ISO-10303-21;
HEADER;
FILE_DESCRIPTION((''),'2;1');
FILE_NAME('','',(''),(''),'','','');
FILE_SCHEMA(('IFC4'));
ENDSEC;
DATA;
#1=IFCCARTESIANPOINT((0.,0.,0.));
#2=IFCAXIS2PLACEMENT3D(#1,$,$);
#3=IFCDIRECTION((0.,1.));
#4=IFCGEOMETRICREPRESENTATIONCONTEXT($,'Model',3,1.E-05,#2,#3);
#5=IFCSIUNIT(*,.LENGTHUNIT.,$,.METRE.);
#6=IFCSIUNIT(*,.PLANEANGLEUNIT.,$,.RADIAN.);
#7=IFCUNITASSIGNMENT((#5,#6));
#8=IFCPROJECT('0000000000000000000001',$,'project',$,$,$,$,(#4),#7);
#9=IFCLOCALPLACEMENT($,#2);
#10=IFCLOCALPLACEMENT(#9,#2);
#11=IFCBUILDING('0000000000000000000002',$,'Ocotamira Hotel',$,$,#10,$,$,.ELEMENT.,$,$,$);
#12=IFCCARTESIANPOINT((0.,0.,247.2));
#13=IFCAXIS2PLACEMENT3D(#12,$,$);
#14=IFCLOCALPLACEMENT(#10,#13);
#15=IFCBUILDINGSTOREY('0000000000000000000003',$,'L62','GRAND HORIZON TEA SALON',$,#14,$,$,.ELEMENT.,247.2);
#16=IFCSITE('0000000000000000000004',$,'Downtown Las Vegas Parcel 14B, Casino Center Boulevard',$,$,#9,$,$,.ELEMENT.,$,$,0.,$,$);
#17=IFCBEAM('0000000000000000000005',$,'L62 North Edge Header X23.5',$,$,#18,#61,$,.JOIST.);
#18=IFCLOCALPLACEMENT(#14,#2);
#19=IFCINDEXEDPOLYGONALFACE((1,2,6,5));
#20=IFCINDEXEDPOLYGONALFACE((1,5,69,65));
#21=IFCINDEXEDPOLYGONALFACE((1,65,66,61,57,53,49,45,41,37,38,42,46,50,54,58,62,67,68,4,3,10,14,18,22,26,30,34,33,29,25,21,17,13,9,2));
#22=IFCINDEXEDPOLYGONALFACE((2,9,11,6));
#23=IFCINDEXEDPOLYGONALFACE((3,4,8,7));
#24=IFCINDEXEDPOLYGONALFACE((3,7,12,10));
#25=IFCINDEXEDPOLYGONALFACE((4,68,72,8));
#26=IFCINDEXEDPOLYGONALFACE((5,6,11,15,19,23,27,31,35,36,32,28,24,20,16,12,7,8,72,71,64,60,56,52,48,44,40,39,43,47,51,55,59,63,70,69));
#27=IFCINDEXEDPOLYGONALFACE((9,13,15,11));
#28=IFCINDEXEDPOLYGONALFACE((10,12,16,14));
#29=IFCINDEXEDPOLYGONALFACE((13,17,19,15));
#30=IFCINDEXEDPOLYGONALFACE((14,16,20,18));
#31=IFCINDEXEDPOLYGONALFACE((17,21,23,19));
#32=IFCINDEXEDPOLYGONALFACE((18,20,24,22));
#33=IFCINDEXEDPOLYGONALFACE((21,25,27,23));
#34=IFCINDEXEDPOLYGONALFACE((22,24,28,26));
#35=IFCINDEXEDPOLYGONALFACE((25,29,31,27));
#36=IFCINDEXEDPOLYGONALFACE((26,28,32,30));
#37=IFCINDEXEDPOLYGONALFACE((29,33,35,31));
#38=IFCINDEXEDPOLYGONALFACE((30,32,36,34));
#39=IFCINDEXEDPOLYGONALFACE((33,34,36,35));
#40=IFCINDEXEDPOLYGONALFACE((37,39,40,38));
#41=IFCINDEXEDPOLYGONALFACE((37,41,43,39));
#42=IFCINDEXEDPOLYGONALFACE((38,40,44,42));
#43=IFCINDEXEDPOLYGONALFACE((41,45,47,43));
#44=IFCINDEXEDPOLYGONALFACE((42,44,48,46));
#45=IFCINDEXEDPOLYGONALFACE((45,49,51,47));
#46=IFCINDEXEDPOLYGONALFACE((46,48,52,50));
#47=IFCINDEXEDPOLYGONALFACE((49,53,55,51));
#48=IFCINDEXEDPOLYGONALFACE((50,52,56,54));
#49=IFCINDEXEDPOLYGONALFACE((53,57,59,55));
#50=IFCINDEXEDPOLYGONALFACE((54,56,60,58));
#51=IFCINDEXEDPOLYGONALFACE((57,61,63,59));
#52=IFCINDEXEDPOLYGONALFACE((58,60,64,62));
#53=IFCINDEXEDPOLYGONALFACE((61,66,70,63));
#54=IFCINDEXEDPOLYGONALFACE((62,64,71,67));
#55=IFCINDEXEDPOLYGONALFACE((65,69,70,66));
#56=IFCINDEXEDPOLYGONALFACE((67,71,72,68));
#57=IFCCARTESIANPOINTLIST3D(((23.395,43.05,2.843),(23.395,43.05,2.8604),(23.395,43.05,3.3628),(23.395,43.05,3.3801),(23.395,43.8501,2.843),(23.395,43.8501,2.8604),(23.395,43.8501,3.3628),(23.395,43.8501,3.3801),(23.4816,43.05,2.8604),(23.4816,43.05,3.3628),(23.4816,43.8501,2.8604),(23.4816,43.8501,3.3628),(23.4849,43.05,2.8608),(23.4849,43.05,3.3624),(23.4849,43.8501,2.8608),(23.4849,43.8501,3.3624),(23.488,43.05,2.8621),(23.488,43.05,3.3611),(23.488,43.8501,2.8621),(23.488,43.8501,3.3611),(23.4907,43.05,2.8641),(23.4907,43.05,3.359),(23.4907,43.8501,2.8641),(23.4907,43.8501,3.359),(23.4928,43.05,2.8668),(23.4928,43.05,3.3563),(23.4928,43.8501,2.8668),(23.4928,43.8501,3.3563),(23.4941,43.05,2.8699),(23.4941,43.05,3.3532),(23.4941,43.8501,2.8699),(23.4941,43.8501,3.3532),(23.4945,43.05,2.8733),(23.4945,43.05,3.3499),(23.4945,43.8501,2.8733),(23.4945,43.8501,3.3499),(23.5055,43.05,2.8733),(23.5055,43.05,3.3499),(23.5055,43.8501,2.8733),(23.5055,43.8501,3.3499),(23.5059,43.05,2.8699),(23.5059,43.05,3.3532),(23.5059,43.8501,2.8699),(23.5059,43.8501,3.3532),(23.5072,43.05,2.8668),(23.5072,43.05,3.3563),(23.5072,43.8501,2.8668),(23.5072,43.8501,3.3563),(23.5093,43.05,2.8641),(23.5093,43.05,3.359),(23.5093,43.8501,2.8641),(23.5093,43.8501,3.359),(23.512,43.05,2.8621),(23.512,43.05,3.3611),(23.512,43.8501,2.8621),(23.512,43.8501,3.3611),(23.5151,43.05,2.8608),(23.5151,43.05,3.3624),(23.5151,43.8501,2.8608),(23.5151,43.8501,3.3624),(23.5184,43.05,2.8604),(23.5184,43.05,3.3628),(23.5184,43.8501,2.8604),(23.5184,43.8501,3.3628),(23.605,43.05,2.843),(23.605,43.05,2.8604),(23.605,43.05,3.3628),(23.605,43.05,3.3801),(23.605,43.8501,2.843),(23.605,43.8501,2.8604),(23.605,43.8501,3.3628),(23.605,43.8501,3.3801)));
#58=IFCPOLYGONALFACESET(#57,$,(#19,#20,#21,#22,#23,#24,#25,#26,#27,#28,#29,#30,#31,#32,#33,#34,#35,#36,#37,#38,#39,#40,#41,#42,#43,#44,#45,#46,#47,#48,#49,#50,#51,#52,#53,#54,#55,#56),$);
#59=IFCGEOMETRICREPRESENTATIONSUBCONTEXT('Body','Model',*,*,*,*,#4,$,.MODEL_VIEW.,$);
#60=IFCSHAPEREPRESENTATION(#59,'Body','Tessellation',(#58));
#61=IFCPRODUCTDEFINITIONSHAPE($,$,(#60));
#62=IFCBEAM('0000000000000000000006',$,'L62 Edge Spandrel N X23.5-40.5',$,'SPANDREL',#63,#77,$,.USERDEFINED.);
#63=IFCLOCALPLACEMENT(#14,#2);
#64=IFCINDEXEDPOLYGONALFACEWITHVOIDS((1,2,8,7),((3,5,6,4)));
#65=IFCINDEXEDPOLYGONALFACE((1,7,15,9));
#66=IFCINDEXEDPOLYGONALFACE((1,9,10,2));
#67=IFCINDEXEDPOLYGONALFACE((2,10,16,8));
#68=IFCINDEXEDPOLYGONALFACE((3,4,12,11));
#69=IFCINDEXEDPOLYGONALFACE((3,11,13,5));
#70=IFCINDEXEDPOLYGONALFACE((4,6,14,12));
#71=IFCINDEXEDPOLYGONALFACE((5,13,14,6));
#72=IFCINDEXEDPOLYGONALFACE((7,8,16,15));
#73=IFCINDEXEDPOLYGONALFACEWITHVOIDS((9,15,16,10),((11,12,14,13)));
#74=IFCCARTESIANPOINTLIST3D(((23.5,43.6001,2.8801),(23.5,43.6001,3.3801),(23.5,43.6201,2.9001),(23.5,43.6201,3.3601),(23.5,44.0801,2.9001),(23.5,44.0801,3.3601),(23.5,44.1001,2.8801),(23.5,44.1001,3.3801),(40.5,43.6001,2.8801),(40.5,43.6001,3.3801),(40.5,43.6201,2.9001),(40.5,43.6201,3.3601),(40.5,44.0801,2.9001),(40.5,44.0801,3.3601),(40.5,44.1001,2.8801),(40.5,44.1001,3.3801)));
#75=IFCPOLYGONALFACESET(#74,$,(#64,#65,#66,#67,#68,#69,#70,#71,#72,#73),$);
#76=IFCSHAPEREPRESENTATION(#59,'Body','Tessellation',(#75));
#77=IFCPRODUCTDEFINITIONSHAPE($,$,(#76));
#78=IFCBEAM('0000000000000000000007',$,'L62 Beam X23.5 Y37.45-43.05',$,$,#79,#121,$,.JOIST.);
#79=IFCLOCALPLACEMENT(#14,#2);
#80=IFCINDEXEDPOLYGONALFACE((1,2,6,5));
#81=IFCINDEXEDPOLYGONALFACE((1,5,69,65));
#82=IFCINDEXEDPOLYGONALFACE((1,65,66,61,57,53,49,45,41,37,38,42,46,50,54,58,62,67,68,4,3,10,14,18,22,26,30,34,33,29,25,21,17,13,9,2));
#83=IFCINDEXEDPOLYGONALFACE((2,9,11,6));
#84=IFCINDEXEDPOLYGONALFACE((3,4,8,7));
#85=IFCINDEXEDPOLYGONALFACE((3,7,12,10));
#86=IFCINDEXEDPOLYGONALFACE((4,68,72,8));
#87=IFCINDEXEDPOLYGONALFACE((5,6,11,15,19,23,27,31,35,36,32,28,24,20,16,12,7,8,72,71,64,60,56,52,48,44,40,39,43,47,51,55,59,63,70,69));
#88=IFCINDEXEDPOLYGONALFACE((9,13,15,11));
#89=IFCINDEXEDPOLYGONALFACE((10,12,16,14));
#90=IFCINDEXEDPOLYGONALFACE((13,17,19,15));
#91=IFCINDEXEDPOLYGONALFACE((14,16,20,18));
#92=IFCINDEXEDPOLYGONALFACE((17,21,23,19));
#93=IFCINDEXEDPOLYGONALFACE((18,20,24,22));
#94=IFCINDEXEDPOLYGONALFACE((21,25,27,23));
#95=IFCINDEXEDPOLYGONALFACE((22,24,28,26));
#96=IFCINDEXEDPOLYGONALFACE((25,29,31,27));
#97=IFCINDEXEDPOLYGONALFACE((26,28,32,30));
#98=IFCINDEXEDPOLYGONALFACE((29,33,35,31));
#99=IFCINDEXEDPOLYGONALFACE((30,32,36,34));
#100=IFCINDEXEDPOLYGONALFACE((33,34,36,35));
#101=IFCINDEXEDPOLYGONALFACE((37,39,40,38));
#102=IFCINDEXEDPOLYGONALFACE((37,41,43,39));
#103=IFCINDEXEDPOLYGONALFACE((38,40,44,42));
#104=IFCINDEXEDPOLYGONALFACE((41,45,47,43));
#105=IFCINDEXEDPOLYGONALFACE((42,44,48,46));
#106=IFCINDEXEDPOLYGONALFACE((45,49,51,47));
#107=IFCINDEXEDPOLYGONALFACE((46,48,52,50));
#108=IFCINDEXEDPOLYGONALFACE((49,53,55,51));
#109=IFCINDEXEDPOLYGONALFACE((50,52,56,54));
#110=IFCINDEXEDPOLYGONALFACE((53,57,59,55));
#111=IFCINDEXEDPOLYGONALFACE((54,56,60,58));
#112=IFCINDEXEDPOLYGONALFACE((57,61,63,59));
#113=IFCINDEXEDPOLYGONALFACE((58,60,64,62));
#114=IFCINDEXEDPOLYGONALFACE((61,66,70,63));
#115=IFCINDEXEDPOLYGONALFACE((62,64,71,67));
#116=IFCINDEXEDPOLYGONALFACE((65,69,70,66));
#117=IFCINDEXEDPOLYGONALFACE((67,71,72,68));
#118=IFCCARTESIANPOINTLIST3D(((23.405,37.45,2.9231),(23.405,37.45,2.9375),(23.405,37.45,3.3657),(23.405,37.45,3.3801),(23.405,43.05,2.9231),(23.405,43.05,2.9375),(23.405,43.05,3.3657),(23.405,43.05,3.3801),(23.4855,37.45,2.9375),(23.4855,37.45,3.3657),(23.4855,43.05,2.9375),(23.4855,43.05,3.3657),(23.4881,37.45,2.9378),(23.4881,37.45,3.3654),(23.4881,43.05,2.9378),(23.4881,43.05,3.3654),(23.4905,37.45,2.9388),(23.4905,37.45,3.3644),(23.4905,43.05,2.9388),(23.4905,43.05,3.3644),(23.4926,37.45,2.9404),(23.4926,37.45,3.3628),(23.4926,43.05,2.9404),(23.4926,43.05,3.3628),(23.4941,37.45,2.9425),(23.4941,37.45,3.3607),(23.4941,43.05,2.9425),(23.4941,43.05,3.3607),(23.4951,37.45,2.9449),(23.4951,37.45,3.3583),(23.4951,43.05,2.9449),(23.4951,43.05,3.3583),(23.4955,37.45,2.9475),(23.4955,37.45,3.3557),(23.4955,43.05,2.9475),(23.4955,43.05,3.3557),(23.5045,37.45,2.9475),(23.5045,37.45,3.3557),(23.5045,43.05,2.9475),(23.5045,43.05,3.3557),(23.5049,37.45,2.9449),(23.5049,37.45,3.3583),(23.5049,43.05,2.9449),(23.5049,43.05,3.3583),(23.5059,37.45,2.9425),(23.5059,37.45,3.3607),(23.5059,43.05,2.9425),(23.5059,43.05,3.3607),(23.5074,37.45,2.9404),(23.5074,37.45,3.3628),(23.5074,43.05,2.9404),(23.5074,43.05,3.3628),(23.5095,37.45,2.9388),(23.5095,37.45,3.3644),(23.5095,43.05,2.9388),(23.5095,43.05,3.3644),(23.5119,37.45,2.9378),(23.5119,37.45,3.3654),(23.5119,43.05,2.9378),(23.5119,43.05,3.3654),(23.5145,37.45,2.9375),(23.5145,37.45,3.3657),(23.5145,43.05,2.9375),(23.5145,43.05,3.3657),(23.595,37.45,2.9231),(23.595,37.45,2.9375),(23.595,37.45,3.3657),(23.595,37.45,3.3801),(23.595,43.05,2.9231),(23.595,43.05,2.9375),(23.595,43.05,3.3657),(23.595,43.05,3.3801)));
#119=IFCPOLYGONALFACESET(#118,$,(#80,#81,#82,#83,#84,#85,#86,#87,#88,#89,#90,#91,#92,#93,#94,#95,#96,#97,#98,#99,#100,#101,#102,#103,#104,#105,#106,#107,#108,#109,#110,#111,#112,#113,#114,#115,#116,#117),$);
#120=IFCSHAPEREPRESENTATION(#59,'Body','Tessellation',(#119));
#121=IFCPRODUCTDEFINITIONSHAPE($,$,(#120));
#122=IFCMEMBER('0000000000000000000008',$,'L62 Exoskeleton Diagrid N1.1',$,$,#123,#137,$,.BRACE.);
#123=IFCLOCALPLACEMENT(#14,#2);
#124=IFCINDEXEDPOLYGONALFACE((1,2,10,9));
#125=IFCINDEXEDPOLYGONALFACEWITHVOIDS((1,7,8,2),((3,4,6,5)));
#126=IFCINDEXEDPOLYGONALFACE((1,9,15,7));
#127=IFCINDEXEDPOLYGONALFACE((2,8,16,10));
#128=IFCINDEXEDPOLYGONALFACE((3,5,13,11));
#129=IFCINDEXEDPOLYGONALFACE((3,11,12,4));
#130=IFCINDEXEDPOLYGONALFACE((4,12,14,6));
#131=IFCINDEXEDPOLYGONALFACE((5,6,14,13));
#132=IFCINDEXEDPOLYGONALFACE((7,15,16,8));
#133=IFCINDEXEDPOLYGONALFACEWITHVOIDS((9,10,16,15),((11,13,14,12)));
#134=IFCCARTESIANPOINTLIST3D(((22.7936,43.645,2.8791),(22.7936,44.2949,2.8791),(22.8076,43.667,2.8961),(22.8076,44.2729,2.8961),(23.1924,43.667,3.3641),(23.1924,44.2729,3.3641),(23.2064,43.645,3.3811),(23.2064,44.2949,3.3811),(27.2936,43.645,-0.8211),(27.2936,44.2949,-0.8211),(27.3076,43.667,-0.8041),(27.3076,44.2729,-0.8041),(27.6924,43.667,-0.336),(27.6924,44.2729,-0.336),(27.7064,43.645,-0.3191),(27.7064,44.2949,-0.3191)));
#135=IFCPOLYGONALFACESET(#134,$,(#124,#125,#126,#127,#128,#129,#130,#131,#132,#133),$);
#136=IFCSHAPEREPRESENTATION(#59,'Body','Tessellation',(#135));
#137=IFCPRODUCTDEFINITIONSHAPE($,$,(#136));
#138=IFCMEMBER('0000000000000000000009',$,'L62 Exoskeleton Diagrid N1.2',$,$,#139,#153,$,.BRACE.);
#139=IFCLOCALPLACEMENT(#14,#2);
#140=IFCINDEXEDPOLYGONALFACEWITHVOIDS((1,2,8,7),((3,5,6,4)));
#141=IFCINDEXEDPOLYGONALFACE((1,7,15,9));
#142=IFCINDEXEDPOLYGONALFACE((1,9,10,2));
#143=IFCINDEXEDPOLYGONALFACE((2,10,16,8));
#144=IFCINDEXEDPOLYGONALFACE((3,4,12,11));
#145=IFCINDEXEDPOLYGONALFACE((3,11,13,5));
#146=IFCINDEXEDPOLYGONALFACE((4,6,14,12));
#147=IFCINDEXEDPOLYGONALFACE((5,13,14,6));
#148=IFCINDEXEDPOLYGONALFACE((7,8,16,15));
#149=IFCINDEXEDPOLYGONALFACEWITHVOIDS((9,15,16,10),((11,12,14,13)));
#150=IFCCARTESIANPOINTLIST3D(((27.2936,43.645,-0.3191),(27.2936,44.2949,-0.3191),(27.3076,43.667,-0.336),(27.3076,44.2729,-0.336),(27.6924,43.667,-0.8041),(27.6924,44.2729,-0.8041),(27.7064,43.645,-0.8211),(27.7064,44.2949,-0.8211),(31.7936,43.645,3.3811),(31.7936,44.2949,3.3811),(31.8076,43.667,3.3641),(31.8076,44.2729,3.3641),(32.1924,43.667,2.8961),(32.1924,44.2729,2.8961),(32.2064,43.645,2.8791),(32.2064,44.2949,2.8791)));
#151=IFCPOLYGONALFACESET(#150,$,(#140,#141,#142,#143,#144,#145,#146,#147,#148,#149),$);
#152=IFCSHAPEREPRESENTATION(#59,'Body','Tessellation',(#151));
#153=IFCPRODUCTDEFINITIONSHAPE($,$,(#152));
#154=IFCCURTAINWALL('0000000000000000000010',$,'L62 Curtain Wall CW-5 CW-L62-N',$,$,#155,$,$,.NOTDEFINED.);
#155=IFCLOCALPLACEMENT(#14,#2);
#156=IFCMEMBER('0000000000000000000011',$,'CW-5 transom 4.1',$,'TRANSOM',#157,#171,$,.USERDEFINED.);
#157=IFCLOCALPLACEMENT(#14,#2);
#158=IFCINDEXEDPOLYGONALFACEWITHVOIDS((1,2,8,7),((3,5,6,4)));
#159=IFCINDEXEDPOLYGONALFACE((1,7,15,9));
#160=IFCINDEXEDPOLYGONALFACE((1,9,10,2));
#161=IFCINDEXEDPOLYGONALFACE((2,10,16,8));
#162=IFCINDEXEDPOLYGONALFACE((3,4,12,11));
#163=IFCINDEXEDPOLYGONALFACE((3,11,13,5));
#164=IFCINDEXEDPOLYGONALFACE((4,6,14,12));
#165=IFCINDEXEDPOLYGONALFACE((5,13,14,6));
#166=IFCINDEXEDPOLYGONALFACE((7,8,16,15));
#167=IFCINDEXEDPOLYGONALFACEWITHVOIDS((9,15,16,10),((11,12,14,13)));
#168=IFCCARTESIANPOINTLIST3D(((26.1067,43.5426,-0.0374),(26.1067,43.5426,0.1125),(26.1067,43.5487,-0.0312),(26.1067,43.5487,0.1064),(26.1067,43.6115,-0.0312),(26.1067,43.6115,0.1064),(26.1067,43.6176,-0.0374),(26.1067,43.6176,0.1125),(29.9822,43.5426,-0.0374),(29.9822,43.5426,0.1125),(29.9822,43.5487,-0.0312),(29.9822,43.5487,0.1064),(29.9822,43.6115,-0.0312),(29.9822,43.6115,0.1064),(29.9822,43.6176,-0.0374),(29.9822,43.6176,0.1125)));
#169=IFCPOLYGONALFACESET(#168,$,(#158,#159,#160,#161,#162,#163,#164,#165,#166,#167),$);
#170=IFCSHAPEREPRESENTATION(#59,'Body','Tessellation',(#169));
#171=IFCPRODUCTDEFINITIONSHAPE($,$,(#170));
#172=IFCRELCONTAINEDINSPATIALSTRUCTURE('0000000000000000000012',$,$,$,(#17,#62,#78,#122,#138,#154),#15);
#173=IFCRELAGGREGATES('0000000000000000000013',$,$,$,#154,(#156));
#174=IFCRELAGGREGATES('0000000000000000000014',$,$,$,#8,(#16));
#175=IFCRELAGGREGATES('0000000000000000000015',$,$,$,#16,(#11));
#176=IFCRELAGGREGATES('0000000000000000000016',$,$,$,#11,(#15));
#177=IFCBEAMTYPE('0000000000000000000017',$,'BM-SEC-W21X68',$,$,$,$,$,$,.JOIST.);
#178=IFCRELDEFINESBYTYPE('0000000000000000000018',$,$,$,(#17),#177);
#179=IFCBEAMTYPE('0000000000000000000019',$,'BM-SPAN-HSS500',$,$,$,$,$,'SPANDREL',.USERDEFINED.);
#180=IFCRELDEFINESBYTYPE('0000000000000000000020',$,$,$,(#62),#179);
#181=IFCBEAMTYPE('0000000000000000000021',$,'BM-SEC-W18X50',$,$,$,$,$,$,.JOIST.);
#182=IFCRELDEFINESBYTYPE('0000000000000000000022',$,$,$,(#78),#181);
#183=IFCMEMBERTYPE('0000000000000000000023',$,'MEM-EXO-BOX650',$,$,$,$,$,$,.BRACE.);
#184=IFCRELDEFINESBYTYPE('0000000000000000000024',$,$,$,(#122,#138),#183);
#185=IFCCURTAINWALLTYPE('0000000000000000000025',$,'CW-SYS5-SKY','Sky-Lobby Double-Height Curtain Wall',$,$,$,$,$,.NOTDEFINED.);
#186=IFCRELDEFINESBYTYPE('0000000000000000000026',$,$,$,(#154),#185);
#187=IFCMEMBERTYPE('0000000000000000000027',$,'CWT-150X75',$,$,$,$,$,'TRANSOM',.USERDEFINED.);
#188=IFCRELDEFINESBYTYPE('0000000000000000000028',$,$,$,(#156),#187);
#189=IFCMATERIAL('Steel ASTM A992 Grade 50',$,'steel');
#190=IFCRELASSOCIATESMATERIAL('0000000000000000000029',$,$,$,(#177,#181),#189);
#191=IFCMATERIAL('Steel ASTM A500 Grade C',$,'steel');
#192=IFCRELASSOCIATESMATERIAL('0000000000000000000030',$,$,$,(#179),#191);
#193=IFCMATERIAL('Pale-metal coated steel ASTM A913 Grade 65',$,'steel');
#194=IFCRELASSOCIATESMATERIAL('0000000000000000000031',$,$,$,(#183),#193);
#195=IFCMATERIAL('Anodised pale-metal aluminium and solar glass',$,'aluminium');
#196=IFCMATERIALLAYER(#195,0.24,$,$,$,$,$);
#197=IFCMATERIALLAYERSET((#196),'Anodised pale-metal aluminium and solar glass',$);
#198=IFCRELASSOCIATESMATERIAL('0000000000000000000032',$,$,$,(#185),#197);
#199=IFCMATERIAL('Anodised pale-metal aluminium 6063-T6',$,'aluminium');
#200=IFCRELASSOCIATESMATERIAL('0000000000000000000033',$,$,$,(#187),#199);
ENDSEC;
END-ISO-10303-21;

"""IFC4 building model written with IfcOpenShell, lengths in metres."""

from ifc_helpers import new_model, si_unit, direction, frame, origin, origin_2d, place, context, subcontext, project, spatial, hollow_rectangle, i_section, extrude, source, transform, mapped, material, layer, layer_set, material_profile, profile_set, type_object, element, aggregate, save


model = new_model("IFC4")

# Units and contexts
model_context = context("Model", 3, precision=1e-05, world=origin(), true_north=direction((0.0, 1.0)))
body_context = subcontext(model_context, "Body", "Model", "MODEL_VIEW")
ifc_project = project(units=[si_unit("LENGTHUNIT", "METRE"), si_unit("PLANEANGLEUNIT", "RADIAN")], contexts=[model_context])

# Site, building, storey
site_placement = place(None, origin())
site = spatial("IfcSite", under=ifc_project, at=site_placement, Name="Downtown Las Vegas Parcel 14B, Casino Center Boulevard", CompositionType="ELEMENT", RefElevation=0.0)
building_placement = place(site_placement, origin())
building = spatial("IfcBuilding", under=site, at=building_placement, Name="Ocotamira Hotel", CompositionType="ELEMENT")
storey_placement = place(building_placement, frame((0.0, 0.0, 247.2)))
storey = spatial("IfcBuildingStorey", under=building, at=storey_placement, Name="L62", Description="GRAND HORIZON TEA SALON", CompositionType="ELEMENT", Elevation=247.2)

# Beams
ifc_material_1 = material(Name="Steel ASTM A992 Grade 50", Category="steel")
ifc_material_profile_1 = material_profile(ifc_material_1, i_section(OverallWidth=0.21, OverallDepth=0.5371, WebThickness=0.011, FlangeThickness=0.0173, FilletRadius=0.0129, at=origin_2d()), Name="W21X68")
ifc_profile_set_1 = profile_set([ifc_material_profile_1], Name="Steel ASTM A992 Grade 50")
beam_type_1 = type_object("IfcBeamType", Name="BM-SEC-W21X68", PredefinedType="JOIST", material=ifc_profile_set_1)
shared_shape_1 = source(origin(), body_context, "Body", "SweptSolid", [
    extrude(i_section(OverallWidth=0.21, OverallDepth=0.5371, WebThickness=0.011, FlangeThickness=0.0173, FilletRadius=0.0129, at=origin_2d()), origin(), (0.0, 0.0, 1.0), 0.8),
])
beam_1_placement = place(storey_placement, frame((23.5, 43.05, 3.1116), z_axis=(0.0, 1.0, 0.0), x_axis=(-1.0, 0.0, 0.0)))
element("IfcBeam", 1, at=beam_1_placement, inside=storey, type_object=beam_type_1, Name="L62 North Edge Header X23.5", PredefinedType="JOIST", context=body_context, shape_type="MappedRepresentation", body=[
    mapped(shared_shape_1, transform((0.0, 0.0, 0.0), scale=1.0)),
])
ifc_material_2 = material(Name="Steel ASTM A500 Grade C", Category="steel")
ifc_material_profile_2 = material_profile(ifc_material_2, hollow_rectangle(XDim=0.5, YDim=0.5, WallThickness=0.02, at=origin_2d()), Name="HSS500X500X20")
ifc_profile_set_2 = profile_set([ifc_material_profile_2], Name="Steel ASTM A500 Grade C")
beam_type_2 = type_object("IfcBeamType", Name="BM-SPAN-HSS500", ElementType="SPANDREL", PredefinedType="USERDEFINED", material=ifc_profile_set_2)
shared_shape_2 = source(origin(), body_context, "Body", "SweptSolid", [
    extrude(hollow_rectangle(XDim=0.5, YDim=0.5, WallThickness=0.02, at=origin_2d()), origin(), (0.0, 0.0, 1.0), 17.0),
])
beam_2_placement = place(storey_placement, frame((23.5, 43.8501, 3.1301), z_axis=(1.0, 0.0, 0.0), x_axis=(0.0, 1.0, 0.0)))
element("IfcBeam", 2, at=beam_2_placement, inside=storey, type_object=beam_type_2, Name="L62 Edge Spandrel N X23.5-40.5", ObjectType="SPANDREL", PredefinedType="USERDEFINED", context=body_context, shape_type="MappedRepresentation", body=[
    mapped(shared_shape_2, transform((0.0, 0.0, 0.0), scale=1.0)),
])
ifc_material_profile_3 = material_profile(ifc_material_1, i_section(OverallWidth=0.1899, OverallDepth=0.457, WebThickness=0.009, FlangeThickness=0.0144, FilletRadius=0.01, at=origin_2d()), Name="W18X50")
ifc_profile_set_3 = profile_set([ifc_material_profile_3], Name="Steel ASTM A992 Grade 50")
beam_type_3 = type_object("IfcBeamType", Name="BM-SEC-W18X50", PredefinedType="JOIST", material=ifc_profile_set_3)
shared_shape_3 = source(origin(), body_context, "Body", "SweptSolid", [
    extrude(i_section(OverallWidth=0.1899, OverallDepth=0.457, WebThickness=0.009, FlangeThickness=0.0144, FilletRadius=0.01, at=origin_2d()), origin(), (0.0, 0.0, 1.0), 5.6001),
])
beam_3_placement = place(storey_placement, frame((23.5, 37.45, 3.1516), z_axis=(0.0, 1.0, 0.0), x_axis=(-1.0, 0.0, 0.0)))
element("IfcBeam", 3, at=beam_3_placement, inside=storey, type_object=beam_type_3, Name="L62 Beam X23.5 Y37.45-43.05", PredefinedType="JOIST", context=body_context, shape_type="MappedRepresentation", body=[
    mapped(shared_shape_3, transform((0.0, 0.0, 0.0), scale=1.0)),
])

# Members
ifc_material_3 = material(Name="Pale-metal coated steel ASTM A913 Grade 65", Category="steel")
ifc_material_profile_4 = material_profile(ifc_material_3, hollow_rectangle(XDim=0.6499, YDim=0.6499, WallThickness=0.022, at=origin_2d()), Name="BOX650X650X22")
ifc_profile_set_4 = profile_set([ifc_material_profile_4], Name="Pale-metal coated steel ASTM A913 Grade 65")
member_type_1 = type_object("IfcMemberType", Name="MEM-EXO-BOX650", PredefinedType="BRACE", material=ifc_profile_set_4)
shared_shape_4 = source(origin(), body_context, "Body", "SweptSolid", [
    extrude(hollow_rectangle(XDim=0.6499, YDim=0.6499, WallThickness=0.022, at=origin_2d()), origin(), (0.0, 0.0, 1.0), 5.8259),
])
for number, where, z_axis, x_axis, name in (
    (4, (27.5, 43.97, -0.5701), (-0.772409, 0.0, 0.635125), (0.0, -1.0, 0.0), "L62 Exoskeleton Diagrid N1.1"),
    (5, (27.5, 43.97, -0.5701), (0.772409, 0.0, 0.635125), (0.0, 1.0, 0.0), "L62 Exoskeleton Diagrid N1.2"),
):
    element("IfcMember", number, at=place(storey_placement, frame(where, z_axis=z_axis, x_axis=x_axis)), inside=storey, type_object=member_type_1, Name=name, PredefinedType="BRACE", context=body_context, shape_type="MappedRepresentation", body=[
        mapped(shared_shape_4, transform((0.0, 0.0, 0.0), scale=1.0)),
    ])

# Curtain wall, member
ifc_material_4 = material(Name="Anodised pale-metal aluminium and solar glass", Category="aluminium")
ifc_layer_1 = layer(ifc_material_4, 0.24)
ifc_layer_set_1 = layer_set([ifc_layer_1], Name="Anodised pale-metal aluminium and solar glass")
curtain_wall_type = type_object("IfcCurtainWallType", Name="CW-SYS5-SKY", Description="Sky-Lobby Double-Height Curtain Wall", PredefinedType="NOTDEFINED", material=ifc_layer_set_1)
curtain_wall_placement = place(storey_placement, origin())
curtain_wall = element("IfcCurtainWall", 6, at=curtain_wall_placement, inside=storey, type_object=curtain_wall_type, Name="L62 Curtain Wall CW-5 CW-L62-N", PredefinedType="NOTDEFINED")
ifc_material_5 = material(Name="Anodised pale-metal aluminium 6063-T6", Category="aluminium")
ifc_material_profile_5 = material_profile(ifc_material_5, hollow_rectangle(XDim=0.075, YDim=0.1499, WallThickness=0.0061, at=origin_2d()), Name="HSS150X75X6")
ifc_profile_set_5 = profile_set([ifc_material_profile_5], Name="Anodised pale-metal aluminium 6063-T6")
member_type_2 = type_object("IfcMemberType", Name="CWT-150X75", ElementType="TRANSOM", PredefinedType="USERDEFINED", material=ifc_profile_set_5)
shared_shape_5 = source(origin(), body_context, "Body", "SweptSolid", [
    extrude(hollow_rectangle(XDim=0.075, YDim=0.1499, WallThickness=0.0061, at=origin_2d()), origin(), (0.0, 0.0, 1.0), 3.8755),
])
member_1_placement = place(storey_placement, frame((26.1067, 43.5801, 0.0376), z_axis=(1.0, 0.0, 0.0), x_axis=(0.0, 1.0, 0.0)))
member_1 = element("IfcMember", 7, at=member_1_placement, type_object=member_type_2, Name="CW-5 transom 4.1", ObjectType="TRANSOM", PredefinedType="USERDEFINED", context=body_context, shape_type="MappedRepresentation", body=[
    mapped(shared_shape_5, transform((0.0, 0.0, 0.0), scale=1.0)),
])

aggregate(curtain_wall, [member_1])

save(model, "model.ifc")
